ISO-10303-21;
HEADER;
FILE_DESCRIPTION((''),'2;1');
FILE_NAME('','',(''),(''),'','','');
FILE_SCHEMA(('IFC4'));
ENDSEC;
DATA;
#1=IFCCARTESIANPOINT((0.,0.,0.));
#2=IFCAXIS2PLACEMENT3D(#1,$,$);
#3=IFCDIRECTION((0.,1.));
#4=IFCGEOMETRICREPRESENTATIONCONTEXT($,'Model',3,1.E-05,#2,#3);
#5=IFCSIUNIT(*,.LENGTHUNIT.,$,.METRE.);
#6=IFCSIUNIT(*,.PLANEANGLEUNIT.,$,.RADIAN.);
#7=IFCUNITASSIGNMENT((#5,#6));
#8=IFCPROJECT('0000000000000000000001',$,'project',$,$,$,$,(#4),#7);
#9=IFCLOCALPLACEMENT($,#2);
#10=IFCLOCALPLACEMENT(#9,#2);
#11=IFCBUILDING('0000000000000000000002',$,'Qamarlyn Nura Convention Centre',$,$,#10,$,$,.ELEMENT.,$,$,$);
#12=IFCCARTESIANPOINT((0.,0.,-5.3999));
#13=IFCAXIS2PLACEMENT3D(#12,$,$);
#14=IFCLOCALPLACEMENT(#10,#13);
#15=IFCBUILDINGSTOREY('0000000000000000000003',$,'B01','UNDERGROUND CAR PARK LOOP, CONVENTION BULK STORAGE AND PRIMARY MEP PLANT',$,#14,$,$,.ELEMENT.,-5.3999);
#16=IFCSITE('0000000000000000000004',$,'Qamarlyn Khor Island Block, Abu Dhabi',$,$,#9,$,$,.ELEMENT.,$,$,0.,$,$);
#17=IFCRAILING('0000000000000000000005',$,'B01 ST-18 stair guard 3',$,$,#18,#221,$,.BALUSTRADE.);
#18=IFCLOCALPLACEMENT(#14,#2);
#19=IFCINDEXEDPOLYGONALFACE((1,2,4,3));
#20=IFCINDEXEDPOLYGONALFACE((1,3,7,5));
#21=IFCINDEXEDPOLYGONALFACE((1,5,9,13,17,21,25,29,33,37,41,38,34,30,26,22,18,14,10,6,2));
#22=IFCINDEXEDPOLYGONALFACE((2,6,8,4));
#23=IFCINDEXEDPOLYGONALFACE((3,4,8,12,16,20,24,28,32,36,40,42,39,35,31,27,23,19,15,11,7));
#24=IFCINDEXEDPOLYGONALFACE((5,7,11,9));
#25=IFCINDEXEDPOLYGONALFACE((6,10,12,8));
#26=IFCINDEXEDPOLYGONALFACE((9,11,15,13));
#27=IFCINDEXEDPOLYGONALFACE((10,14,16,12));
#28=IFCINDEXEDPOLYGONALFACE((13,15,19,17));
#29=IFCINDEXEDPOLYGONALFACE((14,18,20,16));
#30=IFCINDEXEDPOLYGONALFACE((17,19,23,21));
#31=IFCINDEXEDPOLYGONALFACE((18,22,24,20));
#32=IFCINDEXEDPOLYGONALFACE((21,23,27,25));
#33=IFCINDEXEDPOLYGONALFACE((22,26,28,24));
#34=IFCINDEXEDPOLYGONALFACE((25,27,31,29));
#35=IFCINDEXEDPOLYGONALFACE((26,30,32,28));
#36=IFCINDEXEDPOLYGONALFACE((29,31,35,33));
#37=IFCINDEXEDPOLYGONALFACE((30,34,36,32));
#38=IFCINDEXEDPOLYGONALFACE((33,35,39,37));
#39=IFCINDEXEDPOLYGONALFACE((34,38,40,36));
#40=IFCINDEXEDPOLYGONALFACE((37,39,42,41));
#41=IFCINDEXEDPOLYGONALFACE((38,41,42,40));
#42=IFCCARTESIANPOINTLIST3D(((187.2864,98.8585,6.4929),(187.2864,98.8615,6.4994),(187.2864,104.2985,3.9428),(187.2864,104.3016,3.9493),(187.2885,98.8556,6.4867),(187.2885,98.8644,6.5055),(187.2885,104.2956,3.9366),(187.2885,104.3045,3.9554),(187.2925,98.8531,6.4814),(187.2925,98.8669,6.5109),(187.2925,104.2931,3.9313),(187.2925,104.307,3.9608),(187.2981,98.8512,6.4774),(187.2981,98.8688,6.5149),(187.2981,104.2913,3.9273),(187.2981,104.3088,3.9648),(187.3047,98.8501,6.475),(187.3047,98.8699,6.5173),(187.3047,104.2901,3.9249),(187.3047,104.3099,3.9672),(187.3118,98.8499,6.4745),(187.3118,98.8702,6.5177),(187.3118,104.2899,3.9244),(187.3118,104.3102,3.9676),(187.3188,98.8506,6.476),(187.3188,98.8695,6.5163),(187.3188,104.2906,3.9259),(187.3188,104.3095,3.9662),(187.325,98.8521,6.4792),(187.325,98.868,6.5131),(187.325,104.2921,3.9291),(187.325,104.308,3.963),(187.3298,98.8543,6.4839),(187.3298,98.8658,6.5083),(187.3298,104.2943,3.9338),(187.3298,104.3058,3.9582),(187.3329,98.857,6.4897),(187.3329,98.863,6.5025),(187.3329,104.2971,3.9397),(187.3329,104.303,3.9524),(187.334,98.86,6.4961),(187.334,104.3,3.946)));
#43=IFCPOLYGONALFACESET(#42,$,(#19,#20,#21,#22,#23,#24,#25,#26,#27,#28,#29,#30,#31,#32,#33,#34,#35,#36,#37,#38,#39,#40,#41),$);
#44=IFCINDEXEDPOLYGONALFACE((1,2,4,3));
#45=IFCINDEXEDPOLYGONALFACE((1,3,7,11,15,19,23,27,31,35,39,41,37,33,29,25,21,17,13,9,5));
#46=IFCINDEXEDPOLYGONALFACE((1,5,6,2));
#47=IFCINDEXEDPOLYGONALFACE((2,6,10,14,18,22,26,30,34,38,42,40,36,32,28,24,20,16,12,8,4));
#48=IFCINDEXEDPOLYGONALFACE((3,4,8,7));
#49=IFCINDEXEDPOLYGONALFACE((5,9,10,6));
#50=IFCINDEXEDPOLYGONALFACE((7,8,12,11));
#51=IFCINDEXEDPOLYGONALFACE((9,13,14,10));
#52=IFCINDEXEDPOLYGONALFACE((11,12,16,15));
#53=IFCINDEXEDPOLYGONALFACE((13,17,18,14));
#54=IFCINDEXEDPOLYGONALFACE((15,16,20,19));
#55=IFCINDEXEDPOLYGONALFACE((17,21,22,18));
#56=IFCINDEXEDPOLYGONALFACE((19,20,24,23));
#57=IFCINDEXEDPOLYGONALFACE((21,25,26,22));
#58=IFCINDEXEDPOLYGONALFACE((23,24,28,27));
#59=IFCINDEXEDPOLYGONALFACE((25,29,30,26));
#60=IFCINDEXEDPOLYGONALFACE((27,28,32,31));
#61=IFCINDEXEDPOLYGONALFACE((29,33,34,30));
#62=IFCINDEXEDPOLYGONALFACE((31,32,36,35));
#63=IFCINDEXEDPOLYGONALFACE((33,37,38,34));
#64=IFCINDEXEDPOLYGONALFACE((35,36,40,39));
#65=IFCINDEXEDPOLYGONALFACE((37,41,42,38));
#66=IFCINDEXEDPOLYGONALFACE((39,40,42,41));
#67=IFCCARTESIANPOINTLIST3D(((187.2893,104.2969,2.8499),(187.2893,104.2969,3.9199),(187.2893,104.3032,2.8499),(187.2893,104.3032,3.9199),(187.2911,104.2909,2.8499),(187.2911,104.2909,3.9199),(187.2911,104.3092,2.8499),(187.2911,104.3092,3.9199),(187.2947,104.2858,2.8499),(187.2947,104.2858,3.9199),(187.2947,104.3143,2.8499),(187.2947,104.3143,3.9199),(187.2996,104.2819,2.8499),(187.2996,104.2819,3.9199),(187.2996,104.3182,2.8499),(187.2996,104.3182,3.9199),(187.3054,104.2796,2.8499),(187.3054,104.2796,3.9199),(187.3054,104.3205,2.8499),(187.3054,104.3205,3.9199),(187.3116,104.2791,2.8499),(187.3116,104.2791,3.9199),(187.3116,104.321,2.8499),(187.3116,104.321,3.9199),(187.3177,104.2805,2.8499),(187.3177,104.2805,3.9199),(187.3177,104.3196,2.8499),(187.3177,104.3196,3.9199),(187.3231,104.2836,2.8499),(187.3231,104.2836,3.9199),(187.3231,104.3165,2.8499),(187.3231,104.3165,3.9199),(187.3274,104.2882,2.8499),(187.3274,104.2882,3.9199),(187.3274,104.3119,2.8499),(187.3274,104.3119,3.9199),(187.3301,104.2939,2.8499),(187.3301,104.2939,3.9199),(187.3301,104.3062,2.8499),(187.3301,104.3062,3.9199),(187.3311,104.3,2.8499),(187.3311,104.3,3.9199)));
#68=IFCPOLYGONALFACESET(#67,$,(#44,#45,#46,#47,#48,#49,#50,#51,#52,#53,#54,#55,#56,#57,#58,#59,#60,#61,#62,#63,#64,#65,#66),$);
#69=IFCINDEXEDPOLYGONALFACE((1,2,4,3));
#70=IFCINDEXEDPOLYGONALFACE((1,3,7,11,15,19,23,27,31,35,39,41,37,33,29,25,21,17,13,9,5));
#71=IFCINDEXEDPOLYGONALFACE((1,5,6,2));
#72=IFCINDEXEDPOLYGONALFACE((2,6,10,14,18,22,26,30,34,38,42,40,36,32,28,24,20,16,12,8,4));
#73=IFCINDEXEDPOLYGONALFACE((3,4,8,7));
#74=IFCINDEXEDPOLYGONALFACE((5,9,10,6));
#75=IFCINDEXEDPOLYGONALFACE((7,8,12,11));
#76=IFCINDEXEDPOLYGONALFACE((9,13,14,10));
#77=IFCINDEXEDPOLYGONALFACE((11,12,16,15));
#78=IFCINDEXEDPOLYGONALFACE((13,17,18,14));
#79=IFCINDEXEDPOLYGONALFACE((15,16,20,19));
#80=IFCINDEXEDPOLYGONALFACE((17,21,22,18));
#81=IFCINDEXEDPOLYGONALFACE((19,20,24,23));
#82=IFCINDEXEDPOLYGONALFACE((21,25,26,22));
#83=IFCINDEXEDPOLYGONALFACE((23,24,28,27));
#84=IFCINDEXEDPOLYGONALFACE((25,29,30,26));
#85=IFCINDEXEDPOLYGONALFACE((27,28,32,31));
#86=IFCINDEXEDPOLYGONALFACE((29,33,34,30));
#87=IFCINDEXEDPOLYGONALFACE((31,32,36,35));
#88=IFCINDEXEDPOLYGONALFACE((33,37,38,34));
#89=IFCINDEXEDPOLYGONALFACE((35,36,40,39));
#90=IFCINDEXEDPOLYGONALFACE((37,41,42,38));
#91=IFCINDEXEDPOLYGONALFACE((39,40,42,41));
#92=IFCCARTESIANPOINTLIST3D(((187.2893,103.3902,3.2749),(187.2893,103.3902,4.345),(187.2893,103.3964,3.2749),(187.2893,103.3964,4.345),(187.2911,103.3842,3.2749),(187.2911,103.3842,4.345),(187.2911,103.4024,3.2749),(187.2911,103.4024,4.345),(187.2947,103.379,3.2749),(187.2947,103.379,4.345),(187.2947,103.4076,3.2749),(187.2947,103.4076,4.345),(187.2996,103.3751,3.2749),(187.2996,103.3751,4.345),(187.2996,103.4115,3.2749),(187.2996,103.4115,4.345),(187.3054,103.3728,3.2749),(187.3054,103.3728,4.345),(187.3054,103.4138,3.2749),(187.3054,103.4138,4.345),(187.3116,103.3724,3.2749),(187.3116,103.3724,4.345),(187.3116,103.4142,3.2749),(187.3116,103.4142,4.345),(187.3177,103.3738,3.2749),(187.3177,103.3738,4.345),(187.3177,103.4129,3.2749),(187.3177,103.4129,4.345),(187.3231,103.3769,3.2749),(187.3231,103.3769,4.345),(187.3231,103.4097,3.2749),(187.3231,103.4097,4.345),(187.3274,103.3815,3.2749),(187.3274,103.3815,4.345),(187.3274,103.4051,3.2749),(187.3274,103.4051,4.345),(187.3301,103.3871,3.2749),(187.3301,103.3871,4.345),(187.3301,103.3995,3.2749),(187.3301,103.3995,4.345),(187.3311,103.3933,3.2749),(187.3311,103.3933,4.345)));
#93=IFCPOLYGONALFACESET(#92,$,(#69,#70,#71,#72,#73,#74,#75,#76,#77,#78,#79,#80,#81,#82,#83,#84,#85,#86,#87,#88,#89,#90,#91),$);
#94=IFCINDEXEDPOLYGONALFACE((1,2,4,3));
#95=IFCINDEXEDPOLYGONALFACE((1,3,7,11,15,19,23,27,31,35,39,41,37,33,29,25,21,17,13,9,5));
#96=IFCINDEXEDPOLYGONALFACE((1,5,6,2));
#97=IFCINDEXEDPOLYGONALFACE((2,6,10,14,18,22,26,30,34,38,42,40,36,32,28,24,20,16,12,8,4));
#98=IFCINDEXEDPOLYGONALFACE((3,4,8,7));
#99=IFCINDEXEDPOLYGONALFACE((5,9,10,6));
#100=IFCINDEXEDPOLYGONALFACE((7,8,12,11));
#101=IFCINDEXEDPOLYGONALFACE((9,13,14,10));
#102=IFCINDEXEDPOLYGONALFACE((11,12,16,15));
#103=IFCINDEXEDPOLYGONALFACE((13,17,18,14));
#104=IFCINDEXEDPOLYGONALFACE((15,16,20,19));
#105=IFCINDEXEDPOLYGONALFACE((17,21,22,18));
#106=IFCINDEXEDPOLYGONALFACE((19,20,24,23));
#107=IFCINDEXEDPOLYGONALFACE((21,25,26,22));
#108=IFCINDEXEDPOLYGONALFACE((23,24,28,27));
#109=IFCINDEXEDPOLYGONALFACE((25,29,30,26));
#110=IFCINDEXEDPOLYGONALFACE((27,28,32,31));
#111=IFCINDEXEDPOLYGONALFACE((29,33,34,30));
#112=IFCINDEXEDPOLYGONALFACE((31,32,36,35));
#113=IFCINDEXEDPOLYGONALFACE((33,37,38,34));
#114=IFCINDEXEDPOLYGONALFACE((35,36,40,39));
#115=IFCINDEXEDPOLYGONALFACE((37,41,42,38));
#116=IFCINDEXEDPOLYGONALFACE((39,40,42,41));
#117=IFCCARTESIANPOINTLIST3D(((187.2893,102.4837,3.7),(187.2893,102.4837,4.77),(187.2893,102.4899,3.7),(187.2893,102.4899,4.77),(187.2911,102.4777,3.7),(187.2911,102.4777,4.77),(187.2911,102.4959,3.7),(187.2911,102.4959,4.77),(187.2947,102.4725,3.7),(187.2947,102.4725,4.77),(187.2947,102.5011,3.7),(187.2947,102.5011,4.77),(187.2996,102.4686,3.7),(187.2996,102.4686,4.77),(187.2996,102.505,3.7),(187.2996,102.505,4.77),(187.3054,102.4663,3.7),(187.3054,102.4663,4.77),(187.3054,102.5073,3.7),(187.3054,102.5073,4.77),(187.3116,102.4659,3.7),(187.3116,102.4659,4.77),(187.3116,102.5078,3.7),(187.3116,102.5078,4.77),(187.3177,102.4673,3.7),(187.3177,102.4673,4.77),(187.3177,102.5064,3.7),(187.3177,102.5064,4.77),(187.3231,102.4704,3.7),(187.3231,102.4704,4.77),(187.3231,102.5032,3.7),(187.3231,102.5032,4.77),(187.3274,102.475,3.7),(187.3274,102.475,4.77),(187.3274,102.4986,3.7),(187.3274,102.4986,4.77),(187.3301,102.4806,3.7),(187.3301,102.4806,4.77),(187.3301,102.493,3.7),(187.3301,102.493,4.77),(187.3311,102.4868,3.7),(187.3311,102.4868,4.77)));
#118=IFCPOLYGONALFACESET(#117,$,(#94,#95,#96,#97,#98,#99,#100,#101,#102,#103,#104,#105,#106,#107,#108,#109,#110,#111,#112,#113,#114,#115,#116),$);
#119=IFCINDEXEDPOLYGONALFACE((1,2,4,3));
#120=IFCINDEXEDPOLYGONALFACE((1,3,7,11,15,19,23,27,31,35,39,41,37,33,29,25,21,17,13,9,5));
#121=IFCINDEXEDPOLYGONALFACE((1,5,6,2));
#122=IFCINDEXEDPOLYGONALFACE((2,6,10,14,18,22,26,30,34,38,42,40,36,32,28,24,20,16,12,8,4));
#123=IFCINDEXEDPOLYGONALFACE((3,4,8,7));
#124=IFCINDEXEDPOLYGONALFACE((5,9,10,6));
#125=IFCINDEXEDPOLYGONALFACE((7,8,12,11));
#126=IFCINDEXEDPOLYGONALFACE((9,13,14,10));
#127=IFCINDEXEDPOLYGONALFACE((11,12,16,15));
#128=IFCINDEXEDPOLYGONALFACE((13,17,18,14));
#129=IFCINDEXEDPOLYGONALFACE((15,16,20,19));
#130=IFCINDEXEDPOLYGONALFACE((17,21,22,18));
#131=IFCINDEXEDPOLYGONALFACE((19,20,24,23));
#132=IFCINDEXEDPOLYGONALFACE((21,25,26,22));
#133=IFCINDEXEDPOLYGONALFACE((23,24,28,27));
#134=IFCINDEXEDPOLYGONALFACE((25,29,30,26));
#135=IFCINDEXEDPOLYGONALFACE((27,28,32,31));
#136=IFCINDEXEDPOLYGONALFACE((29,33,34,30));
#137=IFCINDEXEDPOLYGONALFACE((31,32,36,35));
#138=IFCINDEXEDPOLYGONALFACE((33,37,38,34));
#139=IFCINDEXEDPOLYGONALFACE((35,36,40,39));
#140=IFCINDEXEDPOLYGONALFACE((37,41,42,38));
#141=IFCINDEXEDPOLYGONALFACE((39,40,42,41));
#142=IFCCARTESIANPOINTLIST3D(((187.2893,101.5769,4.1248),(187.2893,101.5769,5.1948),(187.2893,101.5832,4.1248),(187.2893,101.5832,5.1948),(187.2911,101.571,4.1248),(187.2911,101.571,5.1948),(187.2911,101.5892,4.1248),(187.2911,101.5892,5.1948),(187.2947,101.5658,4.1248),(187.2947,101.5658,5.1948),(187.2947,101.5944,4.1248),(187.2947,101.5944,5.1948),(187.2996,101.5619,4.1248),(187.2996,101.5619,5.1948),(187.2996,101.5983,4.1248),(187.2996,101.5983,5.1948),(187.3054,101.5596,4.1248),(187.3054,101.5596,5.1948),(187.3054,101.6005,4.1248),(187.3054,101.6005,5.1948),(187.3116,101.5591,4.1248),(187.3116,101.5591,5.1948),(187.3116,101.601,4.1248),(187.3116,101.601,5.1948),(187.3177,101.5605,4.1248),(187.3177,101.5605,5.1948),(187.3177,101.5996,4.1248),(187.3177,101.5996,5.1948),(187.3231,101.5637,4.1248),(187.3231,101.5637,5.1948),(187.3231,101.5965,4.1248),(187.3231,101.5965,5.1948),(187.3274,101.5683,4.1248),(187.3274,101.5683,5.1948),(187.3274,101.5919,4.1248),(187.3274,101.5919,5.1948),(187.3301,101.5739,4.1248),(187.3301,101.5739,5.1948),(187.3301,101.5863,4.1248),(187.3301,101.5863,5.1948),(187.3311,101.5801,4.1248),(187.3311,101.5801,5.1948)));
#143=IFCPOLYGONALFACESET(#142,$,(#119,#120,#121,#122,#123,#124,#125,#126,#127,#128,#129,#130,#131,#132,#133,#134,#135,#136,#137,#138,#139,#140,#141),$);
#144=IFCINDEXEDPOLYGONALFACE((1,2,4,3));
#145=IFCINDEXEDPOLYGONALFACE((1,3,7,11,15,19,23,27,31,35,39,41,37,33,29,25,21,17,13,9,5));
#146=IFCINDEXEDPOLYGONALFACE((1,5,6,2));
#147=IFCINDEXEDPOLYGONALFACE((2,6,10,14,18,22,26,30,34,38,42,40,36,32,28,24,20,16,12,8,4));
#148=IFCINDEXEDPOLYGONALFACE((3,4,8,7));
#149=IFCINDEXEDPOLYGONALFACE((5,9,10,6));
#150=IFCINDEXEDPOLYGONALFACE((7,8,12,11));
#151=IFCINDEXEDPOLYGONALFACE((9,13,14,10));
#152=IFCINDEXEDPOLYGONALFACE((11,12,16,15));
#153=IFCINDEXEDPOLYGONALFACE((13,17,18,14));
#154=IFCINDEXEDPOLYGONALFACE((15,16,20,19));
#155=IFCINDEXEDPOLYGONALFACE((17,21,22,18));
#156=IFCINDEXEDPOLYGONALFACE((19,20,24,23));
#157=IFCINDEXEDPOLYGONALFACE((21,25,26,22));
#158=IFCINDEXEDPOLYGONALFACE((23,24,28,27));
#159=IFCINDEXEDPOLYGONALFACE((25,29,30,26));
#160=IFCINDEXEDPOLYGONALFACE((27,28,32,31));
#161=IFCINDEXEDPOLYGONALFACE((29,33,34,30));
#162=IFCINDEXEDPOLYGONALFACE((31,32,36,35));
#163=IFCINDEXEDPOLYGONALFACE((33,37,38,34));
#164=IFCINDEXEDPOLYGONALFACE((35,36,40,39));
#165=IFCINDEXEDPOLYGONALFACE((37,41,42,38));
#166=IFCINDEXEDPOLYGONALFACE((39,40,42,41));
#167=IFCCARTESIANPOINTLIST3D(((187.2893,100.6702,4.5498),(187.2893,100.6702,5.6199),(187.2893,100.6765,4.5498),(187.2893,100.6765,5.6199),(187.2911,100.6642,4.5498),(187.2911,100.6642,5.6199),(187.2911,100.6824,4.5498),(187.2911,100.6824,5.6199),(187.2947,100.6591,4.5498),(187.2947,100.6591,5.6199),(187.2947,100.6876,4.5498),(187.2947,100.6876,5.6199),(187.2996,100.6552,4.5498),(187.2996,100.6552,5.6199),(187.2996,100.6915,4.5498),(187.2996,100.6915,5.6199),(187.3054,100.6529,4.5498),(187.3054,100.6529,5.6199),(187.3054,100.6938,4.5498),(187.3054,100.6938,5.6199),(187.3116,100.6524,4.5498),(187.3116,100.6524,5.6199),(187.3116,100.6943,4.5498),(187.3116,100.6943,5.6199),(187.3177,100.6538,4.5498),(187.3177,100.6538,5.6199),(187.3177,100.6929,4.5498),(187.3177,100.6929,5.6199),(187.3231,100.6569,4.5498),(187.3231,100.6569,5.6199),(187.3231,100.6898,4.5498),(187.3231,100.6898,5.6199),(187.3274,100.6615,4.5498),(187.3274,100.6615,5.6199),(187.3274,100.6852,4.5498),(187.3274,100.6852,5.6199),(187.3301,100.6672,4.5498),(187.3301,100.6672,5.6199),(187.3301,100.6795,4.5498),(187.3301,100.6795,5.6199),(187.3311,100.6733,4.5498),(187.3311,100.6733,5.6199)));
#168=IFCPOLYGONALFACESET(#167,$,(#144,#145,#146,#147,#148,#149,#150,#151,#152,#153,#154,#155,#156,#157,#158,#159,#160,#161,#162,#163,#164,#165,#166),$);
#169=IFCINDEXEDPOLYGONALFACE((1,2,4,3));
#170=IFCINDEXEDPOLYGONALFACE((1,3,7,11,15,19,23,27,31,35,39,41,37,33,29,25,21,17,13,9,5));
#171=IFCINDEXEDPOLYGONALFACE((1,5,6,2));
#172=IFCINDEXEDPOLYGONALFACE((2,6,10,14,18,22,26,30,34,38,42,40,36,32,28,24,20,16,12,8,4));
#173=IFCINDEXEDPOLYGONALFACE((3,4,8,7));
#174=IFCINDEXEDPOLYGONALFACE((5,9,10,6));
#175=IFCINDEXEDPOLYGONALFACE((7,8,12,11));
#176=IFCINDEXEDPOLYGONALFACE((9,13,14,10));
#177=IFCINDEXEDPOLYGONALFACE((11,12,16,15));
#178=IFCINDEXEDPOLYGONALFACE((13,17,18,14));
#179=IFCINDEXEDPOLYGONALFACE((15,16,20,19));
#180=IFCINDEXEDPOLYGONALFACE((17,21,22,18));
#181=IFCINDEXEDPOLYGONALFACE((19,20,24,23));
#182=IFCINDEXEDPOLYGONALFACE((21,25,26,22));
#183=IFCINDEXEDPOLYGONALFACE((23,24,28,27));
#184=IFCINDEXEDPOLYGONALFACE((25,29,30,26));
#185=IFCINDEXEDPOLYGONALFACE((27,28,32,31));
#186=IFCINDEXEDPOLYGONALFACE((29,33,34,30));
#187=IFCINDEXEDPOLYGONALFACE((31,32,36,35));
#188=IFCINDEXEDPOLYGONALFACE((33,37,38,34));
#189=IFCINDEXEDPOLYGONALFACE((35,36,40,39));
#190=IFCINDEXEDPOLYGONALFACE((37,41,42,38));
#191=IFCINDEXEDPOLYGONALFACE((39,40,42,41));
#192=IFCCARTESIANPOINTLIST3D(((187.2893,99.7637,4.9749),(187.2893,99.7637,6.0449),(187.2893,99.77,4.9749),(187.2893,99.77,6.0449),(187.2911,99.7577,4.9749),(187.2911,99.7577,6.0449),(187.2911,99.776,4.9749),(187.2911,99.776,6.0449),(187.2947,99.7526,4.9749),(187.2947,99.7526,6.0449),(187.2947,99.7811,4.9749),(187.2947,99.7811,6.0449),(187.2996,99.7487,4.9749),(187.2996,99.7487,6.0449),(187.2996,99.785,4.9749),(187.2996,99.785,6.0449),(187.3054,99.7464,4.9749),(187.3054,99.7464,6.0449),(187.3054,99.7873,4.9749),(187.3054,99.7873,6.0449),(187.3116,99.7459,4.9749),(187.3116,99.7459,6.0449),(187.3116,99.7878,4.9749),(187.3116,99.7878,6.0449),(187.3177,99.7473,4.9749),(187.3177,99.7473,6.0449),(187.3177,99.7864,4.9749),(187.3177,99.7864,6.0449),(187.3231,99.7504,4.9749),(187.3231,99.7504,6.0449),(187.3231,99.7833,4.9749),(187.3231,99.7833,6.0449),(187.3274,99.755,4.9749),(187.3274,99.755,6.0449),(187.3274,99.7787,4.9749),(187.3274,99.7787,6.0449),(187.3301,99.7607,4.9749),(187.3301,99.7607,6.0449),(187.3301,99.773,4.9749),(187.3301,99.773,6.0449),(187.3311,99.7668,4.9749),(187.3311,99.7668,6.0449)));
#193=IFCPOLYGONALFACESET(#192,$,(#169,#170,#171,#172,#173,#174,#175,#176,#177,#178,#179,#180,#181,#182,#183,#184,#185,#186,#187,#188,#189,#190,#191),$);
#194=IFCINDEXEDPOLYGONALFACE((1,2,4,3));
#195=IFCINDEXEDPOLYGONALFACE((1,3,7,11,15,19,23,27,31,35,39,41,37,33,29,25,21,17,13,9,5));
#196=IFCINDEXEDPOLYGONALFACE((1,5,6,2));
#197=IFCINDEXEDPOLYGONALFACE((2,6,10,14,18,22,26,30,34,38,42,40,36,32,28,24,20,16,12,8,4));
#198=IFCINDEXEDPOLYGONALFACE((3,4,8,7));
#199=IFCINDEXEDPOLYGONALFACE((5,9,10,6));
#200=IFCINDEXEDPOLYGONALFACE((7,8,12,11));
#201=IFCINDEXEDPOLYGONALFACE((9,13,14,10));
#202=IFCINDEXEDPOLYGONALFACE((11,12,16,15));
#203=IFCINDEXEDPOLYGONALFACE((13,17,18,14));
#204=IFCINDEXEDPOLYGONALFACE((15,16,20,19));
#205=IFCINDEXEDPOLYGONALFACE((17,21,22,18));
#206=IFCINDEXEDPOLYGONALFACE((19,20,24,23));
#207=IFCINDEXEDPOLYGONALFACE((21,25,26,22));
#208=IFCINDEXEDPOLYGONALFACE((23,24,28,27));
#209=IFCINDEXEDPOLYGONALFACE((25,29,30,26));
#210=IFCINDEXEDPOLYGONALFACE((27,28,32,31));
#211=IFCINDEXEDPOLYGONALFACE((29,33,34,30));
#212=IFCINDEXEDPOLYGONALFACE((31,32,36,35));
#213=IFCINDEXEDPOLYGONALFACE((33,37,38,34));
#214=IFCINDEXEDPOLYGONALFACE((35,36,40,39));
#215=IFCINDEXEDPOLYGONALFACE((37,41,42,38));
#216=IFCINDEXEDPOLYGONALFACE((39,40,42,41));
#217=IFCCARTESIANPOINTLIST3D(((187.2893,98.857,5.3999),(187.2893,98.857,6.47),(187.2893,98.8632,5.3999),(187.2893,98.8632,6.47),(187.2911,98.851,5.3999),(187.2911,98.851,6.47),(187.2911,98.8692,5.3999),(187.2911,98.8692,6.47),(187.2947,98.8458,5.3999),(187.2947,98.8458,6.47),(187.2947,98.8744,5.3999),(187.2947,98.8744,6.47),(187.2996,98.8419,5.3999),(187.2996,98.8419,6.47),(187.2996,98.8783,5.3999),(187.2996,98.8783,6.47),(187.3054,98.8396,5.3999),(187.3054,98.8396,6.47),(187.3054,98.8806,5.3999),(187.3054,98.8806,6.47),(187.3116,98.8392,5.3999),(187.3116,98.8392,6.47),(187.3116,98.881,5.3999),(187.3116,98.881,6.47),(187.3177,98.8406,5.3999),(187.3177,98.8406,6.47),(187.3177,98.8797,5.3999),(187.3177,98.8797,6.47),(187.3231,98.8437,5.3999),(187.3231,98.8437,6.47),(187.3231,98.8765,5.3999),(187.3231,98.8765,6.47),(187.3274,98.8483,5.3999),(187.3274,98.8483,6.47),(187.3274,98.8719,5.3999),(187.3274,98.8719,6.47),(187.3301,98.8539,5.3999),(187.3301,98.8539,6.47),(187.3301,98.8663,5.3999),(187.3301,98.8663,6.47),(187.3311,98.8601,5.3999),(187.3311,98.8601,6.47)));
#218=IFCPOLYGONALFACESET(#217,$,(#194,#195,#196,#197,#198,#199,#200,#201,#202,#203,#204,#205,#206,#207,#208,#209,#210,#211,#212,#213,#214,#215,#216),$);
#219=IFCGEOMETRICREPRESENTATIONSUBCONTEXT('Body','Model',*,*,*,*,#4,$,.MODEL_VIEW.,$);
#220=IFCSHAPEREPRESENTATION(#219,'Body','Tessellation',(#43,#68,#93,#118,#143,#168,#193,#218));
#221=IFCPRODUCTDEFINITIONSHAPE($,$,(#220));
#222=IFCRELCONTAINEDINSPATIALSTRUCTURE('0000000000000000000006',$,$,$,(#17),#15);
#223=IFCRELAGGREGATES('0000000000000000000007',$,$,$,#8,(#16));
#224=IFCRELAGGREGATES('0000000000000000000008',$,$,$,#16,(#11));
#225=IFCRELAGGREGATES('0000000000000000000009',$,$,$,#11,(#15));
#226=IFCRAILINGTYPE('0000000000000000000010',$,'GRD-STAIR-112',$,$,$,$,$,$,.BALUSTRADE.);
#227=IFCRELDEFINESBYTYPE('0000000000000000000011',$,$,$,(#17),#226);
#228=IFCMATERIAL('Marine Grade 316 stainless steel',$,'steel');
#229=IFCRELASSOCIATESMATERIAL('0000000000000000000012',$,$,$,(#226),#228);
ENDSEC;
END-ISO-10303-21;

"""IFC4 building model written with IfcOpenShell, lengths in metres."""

from ifc_helpers import new_model, si_unit, direction, frame, origin, origin_2d, place, context, subcontext, project, spatial, circle, extrude, material, type_object, element, save


model = new_model("IFC4")

# Units and contexts
model_context = context("Model", 3, precision=1e-05, world=origin(), true_north=direction((0.0, 1.0)))
body_context = subcontext(model_context, "Body", "Model", "MODEL_VIEW")
ifc_project = project(units=[si_unit("LENGTHUNIT", "METRE"), si_unit("PLANEANGLEUNIT", "RADIAN")], contexts=[model_context])

# Site, building, storey
site_placement = place(None, origin())
site = spatial("IfcSite", under=ifc_project, at=site_placement, Name="Qamarlyn Khor Island Block, Abu Dhabi", CompositionType="ELEMENT", RefElevation=0.0)
building_placement = place(site_placement, origin())
building = spatial("IfcBuilding", under=site, at=building_placement, Name="Qamarlyn Nura Convention Centre", CompositionType="ELEMENT")
storey_placement = place(building_placement, frame((0.0, 0.0, -5.3999)))
storey = spatial("IfcBuildingStorey", under=building, at=storey_placement, Name="B01", Description="UNDERGROUND CAR PARK LOOP, CONVENTION BULK STORAGE AND PRIMARY MEP PLANT", CompositionType="ELEMENT", Elevation=-5.3999)

# Railing
ifc_material_1 = material(Name="Marine Grade 316 stainless steel", Category="steel")
railing_type_1 = type_object("IfcRailingType", Name="GRD-STAIR-112", PredefinedType="BALUSTRADE", material=ifc_material_1)
railing_1_placement = place(storey_placement, frame((187.3101, 104.3, 2.8499)))
element("IfcRailing", 1, at=railing_1_placement, inside=storey, type_object=railing_type_1, Name="B01 ST-18 stair guard 3", PredefinedType="BALUSTRADE", context=body_context, shape_type="SweptSolid", body=[
    extrude(circle(Radius=0.0239, at=origin_2d()), frame((0.0, 0.0, 1.0962), z_axis=(0.0, -0.905454, 0.424444), x_axis=(1.0, 0.0, 0.0)), (0.0, 0.0, 1.0), 6.0081),
    extrude(circle(Radius=0.021, at=origin_2d()), origin(), (0.0, 0.0, 1.0), 1.0701),
    extrude(circle(Radius=0.021, at=origin_2d()), frame((0.0, -0.9067, 0.425)), (0.0, 0.0, 1.0), 1.0701),
    extrude(circle(Radius=0.021, at=origin_2d()), frame((0.0, -1.8132, 0.8501)), (0.0, 0.0, 1.0), 1.0701),
    extrude(circle(Radius=0.021, at=origin_2d()), frame((0.0, -2.72, 1.2749)), (0.0, 0.0, 1.0), 1.0701),
    extrude(circle(Radius=0.021, at=origin_2d()), frame((0.0, -3.6267, 1.7)), (0.0, 0.0, 1.0), 1.0701),
    extrude(circle(Radius=0.021, at=origin_2d()), frame((0.0, -4.5332, 2.125)), (0.0, 0.0, 1.0), 1.0701),
    extrude(circle(Radius=0.021, at=origin_2d()), frame((0.0, -5.4399, 2.55)), (0.0, 0.0, 1.0), 1.0701),
])

save(model, "model.ifc")
